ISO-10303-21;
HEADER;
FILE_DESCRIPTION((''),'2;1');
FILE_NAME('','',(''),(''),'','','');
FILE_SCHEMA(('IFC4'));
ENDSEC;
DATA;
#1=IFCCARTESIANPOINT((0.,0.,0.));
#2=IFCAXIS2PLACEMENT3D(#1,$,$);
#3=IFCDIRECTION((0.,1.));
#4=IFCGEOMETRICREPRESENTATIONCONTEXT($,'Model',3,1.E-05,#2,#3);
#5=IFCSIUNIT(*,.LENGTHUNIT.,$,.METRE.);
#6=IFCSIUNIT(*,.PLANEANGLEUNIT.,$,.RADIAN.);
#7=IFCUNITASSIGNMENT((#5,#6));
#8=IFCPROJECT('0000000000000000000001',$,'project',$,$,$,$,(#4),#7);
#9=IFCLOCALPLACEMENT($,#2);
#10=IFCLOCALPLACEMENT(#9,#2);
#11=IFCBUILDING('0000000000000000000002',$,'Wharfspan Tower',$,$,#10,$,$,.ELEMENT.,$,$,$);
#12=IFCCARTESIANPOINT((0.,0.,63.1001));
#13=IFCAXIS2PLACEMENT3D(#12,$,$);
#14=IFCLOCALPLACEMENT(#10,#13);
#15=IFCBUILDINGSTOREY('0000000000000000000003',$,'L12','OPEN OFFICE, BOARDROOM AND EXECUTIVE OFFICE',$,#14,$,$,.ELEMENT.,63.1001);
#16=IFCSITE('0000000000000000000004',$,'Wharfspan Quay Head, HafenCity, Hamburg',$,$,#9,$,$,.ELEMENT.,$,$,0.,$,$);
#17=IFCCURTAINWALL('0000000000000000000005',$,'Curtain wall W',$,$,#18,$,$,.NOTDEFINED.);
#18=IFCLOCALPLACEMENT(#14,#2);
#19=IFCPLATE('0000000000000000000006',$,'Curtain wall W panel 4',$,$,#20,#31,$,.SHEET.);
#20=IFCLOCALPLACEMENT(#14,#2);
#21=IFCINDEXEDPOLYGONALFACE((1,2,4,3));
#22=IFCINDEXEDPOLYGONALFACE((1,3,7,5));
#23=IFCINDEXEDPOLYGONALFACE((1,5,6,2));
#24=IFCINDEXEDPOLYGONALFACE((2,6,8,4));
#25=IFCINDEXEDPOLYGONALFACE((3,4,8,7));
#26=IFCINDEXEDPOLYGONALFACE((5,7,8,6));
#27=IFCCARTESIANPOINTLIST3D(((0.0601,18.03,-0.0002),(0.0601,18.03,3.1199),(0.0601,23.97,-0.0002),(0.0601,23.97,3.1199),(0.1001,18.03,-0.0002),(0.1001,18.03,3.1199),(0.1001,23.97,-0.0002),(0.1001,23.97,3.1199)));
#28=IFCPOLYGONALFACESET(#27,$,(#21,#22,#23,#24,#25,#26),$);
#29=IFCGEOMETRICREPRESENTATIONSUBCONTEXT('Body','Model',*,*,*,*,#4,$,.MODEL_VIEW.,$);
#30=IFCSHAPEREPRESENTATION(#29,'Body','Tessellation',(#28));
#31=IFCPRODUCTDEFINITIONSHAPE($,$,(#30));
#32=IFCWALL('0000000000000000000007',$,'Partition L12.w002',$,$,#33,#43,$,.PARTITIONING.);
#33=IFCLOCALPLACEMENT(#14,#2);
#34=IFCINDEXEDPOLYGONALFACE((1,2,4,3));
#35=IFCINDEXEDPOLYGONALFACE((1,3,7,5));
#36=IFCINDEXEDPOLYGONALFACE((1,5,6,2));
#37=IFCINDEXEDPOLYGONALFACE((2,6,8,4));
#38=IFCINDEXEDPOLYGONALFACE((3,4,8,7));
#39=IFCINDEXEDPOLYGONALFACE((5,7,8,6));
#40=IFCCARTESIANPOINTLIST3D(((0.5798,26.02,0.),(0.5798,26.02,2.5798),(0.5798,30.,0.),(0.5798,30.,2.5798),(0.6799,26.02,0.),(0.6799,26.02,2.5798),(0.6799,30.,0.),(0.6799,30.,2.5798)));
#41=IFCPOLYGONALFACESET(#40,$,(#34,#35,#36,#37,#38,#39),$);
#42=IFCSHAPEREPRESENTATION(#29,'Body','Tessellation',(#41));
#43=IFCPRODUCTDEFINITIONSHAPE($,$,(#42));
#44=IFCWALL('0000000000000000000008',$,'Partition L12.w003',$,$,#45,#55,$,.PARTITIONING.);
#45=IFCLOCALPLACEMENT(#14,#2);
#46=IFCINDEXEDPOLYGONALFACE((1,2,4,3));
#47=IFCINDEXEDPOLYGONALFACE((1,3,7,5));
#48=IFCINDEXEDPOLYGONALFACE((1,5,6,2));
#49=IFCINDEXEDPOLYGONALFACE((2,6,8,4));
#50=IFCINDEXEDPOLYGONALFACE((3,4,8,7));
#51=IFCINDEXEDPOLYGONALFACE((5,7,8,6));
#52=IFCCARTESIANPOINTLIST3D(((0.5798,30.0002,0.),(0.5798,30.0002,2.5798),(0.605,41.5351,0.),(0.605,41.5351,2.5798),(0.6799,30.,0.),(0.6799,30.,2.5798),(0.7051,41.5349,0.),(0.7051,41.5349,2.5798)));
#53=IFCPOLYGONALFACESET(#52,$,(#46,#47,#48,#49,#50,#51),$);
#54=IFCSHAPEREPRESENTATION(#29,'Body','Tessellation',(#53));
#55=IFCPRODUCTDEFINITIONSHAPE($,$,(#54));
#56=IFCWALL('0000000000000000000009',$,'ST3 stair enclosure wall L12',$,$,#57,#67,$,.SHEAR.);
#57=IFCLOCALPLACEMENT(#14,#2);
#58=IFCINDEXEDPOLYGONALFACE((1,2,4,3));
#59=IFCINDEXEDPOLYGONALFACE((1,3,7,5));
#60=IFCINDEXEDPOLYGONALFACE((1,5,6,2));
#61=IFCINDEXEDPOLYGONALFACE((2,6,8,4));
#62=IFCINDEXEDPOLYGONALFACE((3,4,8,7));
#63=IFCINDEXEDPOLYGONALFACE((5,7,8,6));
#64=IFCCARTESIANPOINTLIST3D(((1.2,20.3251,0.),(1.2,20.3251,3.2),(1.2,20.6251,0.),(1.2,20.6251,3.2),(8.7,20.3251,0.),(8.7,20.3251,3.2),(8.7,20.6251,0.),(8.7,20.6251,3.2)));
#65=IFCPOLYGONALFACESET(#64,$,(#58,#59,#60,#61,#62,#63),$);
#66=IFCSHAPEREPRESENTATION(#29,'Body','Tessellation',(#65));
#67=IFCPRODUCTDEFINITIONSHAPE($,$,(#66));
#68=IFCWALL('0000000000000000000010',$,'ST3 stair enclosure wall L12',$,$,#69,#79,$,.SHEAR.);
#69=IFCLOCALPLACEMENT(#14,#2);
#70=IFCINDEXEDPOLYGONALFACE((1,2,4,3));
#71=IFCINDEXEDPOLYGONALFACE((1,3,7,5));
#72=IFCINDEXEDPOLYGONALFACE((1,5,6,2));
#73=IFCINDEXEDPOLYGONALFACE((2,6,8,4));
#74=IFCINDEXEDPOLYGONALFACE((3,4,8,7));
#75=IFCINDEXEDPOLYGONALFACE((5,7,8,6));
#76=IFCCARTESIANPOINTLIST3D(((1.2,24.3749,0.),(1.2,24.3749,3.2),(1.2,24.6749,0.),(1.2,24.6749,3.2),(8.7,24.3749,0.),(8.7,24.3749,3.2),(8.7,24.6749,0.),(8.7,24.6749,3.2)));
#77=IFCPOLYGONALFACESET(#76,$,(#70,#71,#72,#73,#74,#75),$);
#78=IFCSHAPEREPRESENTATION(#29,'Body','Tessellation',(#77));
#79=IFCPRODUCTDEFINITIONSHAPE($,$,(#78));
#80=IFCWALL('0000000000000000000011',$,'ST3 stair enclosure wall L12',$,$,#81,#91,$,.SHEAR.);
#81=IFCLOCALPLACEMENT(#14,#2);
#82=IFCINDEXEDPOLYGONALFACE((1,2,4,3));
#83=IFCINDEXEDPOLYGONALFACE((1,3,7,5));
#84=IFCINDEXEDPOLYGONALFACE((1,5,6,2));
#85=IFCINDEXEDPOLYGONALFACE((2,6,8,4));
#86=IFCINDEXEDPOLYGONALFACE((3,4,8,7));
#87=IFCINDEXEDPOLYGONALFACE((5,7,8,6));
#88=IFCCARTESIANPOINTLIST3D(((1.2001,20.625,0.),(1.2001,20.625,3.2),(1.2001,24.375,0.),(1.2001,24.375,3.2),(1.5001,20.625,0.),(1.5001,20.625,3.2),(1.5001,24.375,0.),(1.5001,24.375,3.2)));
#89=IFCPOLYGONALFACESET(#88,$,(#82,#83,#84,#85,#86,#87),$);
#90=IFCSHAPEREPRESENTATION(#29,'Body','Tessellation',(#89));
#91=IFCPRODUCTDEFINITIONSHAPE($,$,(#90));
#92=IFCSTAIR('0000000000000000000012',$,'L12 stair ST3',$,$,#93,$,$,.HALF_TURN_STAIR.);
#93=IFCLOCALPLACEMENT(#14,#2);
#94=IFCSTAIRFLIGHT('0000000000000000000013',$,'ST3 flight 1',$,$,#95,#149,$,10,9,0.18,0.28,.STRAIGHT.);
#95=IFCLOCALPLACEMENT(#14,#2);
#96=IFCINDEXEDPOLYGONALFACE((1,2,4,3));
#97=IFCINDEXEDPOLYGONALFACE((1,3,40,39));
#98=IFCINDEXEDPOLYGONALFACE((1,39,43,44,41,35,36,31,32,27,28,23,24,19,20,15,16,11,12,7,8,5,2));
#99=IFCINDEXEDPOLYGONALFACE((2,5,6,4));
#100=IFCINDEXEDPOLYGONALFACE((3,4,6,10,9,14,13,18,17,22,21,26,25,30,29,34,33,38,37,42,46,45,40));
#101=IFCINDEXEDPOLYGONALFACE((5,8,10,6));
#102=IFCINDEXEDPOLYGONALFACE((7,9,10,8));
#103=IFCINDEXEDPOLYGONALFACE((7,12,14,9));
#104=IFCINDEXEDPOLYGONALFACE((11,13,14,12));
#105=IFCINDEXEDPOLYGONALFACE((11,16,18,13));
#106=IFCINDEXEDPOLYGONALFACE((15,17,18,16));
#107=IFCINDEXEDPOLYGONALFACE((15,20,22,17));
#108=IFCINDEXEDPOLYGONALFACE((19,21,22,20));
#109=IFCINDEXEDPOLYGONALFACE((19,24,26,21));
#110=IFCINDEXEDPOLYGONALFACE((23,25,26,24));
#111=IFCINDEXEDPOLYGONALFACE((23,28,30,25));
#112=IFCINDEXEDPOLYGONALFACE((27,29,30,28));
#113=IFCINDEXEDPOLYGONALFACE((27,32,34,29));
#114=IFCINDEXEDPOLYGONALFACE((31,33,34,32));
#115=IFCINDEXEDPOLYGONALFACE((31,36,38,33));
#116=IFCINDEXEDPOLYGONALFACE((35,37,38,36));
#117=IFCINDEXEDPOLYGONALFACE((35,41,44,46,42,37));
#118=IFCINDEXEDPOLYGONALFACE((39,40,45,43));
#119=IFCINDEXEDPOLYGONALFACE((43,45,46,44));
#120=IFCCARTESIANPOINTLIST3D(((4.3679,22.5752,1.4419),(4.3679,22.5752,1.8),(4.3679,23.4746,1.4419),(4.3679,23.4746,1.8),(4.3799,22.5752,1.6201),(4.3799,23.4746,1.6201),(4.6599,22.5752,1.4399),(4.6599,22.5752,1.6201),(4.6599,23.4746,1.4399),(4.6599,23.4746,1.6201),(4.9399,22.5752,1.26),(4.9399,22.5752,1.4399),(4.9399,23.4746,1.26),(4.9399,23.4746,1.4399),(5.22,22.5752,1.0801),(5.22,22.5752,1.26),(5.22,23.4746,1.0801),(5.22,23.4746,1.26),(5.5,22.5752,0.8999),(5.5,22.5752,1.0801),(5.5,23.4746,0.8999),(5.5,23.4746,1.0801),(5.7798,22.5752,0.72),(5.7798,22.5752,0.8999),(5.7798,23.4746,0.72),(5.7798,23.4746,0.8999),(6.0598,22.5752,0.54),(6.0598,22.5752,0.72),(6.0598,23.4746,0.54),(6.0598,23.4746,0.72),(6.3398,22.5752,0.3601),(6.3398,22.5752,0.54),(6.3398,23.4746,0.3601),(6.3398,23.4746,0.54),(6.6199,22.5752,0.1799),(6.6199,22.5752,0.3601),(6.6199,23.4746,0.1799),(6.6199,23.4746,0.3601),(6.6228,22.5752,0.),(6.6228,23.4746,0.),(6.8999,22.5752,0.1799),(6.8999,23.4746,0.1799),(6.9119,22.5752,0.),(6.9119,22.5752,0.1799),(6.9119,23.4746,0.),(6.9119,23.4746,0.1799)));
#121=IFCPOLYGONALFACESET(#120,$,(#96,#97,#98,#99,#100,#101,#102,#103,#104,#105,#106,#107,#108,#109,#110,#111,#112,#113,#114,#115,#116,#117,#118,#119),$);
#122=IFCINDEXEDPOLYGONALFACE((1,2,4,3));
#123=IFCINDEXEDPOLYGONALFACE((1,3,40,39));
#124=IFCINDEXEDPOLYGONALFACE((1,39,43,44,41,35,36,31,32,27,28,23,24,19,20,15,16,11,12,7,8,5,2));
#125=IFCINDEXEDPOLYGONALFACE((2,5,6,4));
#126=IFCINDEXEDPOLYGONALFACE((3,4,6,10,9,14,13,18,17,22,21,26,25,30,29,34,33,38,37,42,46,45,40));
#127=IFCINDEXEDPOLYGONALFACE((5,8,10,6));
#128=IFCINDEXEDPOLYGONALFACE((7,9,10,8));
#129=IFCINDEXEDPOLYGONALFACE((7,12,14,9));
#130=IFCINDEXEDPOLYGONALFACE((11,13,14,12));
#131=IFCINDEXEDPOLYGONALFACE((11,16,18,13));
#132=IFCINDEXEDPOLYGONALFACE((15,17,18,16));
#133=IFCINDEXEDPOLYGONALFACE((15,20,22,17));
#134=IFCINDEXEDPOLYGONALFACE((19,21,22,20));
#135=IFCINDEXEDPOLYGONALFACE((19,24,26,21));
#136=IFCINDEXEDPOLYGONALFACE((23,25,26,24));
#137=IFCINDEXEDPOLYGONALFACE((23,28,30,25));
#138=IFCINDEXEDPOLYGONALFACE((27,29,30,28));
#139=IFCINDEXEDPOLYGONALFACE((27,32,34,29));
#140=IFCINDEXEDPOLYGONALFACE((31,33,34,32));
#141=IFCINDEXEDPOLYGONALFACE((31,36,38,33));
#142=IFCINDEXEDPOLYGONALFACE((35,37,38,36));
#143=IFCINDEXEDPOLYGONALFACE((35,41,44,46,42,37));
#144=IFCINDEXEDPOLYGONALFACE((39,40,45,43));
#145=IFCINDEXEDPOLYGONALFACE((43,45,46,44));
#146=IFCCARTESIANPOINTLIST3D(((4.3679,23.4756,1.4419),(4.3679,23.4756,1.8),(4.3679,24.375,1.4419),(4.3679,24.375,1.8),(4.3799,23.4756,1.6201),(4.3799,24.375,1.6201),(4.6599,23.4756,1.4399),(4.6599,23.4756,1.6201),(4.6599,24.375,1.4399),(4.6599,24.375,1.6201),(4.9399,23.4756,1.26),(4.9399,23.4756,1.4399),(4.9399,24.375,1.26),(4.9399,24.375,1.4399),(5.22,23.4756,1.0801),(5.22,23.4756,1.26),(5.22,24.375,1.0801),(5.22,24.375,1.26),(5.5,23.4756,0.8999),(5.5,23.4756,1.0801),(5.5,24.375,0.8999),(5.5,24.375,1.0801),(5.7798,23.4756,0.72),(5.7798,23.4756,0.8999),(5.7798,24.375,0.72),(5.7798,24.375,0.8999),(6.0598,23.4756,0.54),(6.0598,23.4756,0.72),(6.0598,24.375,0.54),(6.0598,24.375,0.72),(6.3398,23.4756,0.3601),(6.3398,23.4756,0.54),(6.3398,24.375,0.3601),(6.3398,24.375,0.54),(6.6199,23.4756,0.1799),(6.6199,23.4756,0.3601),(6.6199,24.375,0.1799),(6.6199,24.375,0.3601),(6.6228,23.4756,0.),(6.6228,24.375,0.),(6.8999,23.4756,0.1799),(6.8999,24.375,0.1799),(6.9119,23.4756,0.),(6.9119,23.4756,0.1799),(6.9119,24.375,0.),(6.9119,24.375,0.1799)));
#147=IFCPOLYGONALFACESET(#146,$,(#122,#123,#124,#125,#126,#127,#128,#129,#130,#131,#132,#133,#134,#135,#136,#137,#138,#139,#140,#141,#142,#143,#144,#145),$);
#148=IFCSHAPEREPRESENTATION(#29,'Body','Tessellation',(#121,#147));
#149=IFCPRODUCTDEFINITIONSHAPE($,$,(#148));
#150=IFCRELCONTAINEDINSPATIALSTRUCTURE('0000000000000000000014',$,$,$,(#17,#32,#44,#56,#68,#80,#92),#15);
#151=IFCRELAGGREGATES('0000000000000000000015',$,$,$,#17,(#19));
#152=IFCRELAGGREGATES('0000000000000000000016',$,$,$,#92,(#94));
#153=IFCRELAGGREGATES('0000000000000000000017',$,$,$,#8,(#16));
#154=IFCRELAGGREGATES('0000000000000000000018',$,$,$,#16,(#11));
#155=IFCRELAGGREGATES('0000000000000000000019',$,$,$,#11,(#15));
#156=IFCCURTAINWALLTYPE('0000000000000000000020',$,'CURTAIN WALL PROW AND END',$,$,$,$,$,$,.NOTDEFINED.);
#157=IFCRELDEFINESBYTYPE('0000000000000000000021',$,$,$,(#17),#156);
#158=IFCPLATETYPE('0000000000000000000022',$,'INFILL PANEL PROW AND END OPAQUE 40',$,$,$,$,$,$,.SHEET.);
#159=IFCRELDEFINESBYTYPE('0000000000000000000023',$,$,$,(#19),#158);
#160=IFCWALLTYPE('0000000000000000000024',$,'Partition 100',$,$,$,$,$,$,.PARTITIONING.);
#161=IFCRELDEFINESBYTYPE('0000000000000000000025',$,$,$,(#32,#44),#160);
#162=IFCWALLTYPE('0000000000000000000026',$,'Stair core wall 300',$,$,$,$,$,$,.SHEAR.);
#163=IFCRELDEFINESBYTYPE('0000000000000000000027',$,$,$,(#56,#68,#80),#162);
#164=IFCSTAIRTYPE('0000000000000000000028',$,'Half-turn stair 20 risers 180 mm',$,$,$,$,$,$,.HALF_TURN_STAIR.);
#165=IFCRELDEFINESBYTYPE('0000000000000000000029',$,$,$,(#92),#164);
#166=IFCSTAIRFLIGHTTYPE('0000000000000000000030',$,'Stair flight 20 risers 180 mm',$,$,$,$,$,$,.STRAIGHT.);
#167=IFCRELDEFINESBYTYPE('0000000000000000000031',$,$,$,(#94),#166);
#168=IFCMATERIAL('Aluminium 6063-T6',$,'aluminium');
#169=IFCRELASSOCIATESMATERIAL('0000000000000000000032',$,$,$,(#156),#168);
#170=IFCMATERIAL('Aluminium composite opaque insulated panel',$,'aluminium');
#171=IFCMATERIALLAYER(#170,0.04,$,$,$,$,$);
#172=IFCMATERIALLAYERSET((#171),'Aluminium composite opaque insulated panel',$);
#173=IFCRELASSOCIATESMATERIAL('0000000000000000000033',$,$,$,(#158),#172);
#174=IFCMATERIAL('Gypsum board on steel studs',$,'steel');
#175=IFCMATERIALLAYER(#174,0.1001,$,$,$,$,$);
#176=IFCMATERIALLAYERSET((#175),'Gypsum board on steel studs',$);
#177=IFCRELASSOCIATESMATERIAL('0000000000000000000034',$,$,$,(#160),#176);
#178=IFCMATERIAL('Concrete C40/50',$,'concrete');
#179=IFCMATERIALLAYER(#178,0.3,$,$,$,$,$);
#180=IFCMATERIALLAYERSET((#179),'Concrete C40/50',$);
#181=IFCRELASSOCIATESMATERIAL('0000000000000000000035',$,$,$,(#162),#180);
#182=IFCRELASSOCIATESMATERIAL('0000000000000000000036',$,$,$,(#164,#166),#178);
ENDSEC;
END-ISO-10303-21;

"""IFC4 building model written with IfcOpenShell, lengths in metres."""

from ifc_helpers import new_model, si_unit, direction, frame, frame_2d, origin, origin_2d, place, context, subcontext, project, spatial, polyline, rectangle, outline, extrude, material, layer, layer_set, type_object, element, aggregate, save


model = new_model("IFC4")

# Units and contexts
model_context = context("Model", 3, precision=1e-05, world=origin(), true_north=direction((0.0, 1.0)))
body_context = subcontext(model_context, "Body", "Model", "MODEL_VIEW")
ifc_project = project(units=[si_unit("LENGTHUNIT", "METRE"), si_unit("PLANEANGLEUNIT", "RADIAN")], contexts=[model_context])

# Site, building, storey
site_placement = place(None, origin())
site = spatial("IfcSite", under=ifc_project, at=site_placement, Name="Wharfspan Quay Head, HafenCity, Hamburg", CompositionType="ELEMENT", RefElevation=0.0)
building_placement = place(site_placement, origin())
building = spatial("IfcBuilding", under=site, at=building_placement, Name="Wharfspan Tower", CompositionType="ELEMENT")
storey_placement = place(building_placement, frame((0.0, 0.0, 63.1001)))
storey = spatial("IfcBuildingStorey", under=building, at=storey_placement, Name="L12", Description="OPEN OFFICE, BOARDROOM AND EXECUTIVE OFFICE", CompositionType="ELEMENT", Elevation=63.1001)

# Curtain wall
ifc_material_1 = material(Name="Aluminium 6063-T6", Category="aluminium")
curtain_wall_type = type_object("IfcCurtainWallType", Name="CURTAIN WALL PROW AND END", PredefinedType="NOTDEFINED", material=ifc_material_1)
curtain_wall_placement = place(storey_placement, origin())
curtain_wall = element("IfcCurtainWall", 1, at=curtain_wall_placement, inside=storey, type_object=curtain_wall_type, Name="Curtain wall W", PredefinedType="NOTDEFINED")

# Plate
ifc_material_2 = material(Name="Aluminium composite opaque insulated panel", Category="aluminium")
ifc_layer_1 = layer(ifc_material_2, 0.04)
ifc_layer_set_1 = layer_set([ifc_layer_1], Name="Aluminium composite opaque insulated panel")
plate_type = type_object("IfcPlateType", Name="INFILL PANEL PROW AND END OPAQUE 40", PredefinedType="SHEET", material=ifc_layer_set_1)
plate_1_placement = place(storey_placement, frame((0.0801, 21.0, -0.0002), z_axis=(0.0, 0.0, 1.0), x_axis=(0.0, -1.0, 0.0)))
plate_1 = element("IfcPlate", 2, at=plate_1_placement, type_object=plate_type, Name="Curtain wall W panel 4", PredefinedType="SHEET", context=body_context, shape_type="SweptSolid", body=[
    extrude(rectangle(XDim=5.9399, YDim=0.04, at=origin_2d()), origin(), (0.0, 0.0, 1.0), 3.1201),
])
aggregate(curtain_wall, [plate_1])

# Walls
ifc_material_3 = material(Name="Gypsum board on steel studs", Category="steel")
ifc_layer_2 = layer(ifc_material_3, 0.1001)
ifc_layer_set_2 = layer_set([ifc_layer_2], Name="Gypsum board on steel studs")
wall_type_1 = type_object("IfcWallType", Name="Partition 100", PredefinedType="PARTITIONING", material=ifc_layer_set_2)
wall_1_placement = place(storey_placement, frame((0.6299, 26.02, 0.0), z_axis=(0.0, 0.0, 1.0), x_axis=(0.0, 1.0, 0.0)))
element("IfcWall", 3, at=wall_1_placement, inside=storey, type_object=wall_type_1, Name="Partition L12.w002", PredefinedType="PARTITIONING", context=body_context, shape_type="SweptSolid", body=[
    extrude(rectangle(XDim=3.98, YDim=0.1001, at=frame_2d((1.99, 0.0))), origin(), (0.0, 0.0, 1.0), 2.5798),
])
wall_2_placement = place(storey_placement, frame((0.6299, 30.0, 0.0), z_axis=(0.0, 0.0, 1.0), x_axis=(0.00218, 0.999994, 0.0)))
element("IfcWall", 4, at=wall_2_placement, inside=storey, type_object=wall_type_1, Name="Partition L12.w003", PredefinedType="PARTITIONING", context=body_context, shape_type="SweptSolid", body=[
    extrude(rectangle(XDim=11.5349, YDim=0.1001, at=frame_2d((5.7676, 0.0))), origin(), (0.0, 0.0, 1.0), 2.5798),
])
ifc_material_4 = material(Name="Concrete C40/50", Category="concrete")
ifc_layer_3 = layer(ifc_material_4, 0.3)
ifc_layer_set_3 = layer_set([ifc_layer_3], Name="Concrete C40/50")
wall_type_2 = type_object("IfcWallType", Name="Stair core wall 300", PredefinedType="SHEAR", material=ifc_layer_set_3)
for number, where, z_axis, x_axis, name in (
    (5, (1.2, 20.4751, 0.0), (0.0, 0.0, 1.0), (1.0, 0.0, 0.0), "ST3 stair enclosure wall L12"),
    (6, (1.2, 24.5249, 0.0), (0.0, 0.0, 1.0), (1.0, 0.0, 0.0), "ST3 stair enclosure wall L12"),
):
    element("IfcWall", number, at=place(storey_placement, frame(where, z_axis=z_axis, x_axis=x_axis)), inside=storey, type_object=wall_type_2, Name=name, PredefinedType="SHEAR", context=body_context, shape_type="SweptSolid", body=[
        extrude(rectangle(XDim=7.5, YDim=0.3, at=frame_2d((3.75, 0.0))), origin(), (0.0, 0.0, 1.0), 3.2),
    ])
wall_3_placement = place(storey_placement, frame((1.3501, 20.625, 0.0), z_axis=(0.0, 0.0, 1.0), x_axis=(0.0, 1.0, 0.0)))
element("IfcWall", 7, at=wall_3_placement, inside=storey, type_object=wall_type_2, Name="ST3 stair enclosure wall L12", PredefinedType="SHEAR", context=body_context, shape_type="SweptSolid", body=[
    extrude(rectangle(XDim=3.75, YDim=0.3, at=frame_2d((1.875, 0.0))), origin(), (0.0, 0.0, 1.0), 3.2),
])

# Stair, stair flight
stair_type = type_object("IfcStairType", Name="Half-turn stair 20 risers 180 mm", PredefinedType="HALF_TURN_STAIR", material=ifc_material_4)
stair_placement = place(storey_placement, origin())
stair = element("IfcStair", 8, at=stair_placement, inside=storey, type_object=stair_type, Name="L12 stair ST3", PredefinedType="HALF_TURN_STAIR")
stair_flight_type = type_object("IfcStairFlightType", Name="Stair flight 20 risers 180 mm", PredefinedType="STRAIGHT", material=ifc_material_4)
stair_flight_1_placement = place(storey_placement, frame((6.8999, 23.4751, 0.0), z_axis=(0.0, 0.0, 1.0), x_axis=(-1.0, 0.0, 0.0)))
stair_flight_1 = element("IfcStairFlight", 9, at=stair_flight_1_placement, type_object=stair_flight_type, Name="ST3 flight 1", NumberOfRisers=10, NumberOfTreads=9, PredefinedType="STRAIGHT", RiserHeight=0.18, TreadLength=0.28, context=body_context, shape_type="SweptSolid", body=[
    extrude(outline(polyline([(-0.012, 0.0), (-0.012, 0.1799), (0.0, 0.1799), (0.28, 0.1799), (0.28, 0.3601), (0.5601, 0.3601), (0.5601, 0.54), (0.8401, 0.54), (0.8401, 0.72), (1.1201, 0.72), (1.1201, 0.8999), (1.3999, 0.8999), (1.3999, 1.0801), (1.6799, 1.0801), (1.6799, 1.26), (1.96, 1.26), (1.96, 1.4399), (2.24, 1.4399), (2.24, 1.6201), (2.52, 1.6201), (2.532, 1.8), (2.532, 1.4419), (0.2771, 0.0), (-0.012, 0.0)])), frame((0.0, 0.8999, 0.0), z_axis=(0.0, -1.0, 0.0), x_axis=(1.0, 0.0, 0.0)), (0.0, 0.0, 1.0), 0.8994),
    extrude(outline(polyline([(-0.012, 0.0), (-0.012, 0.1799), (0.0, 0.1799), (0.28, 0.1799), (0.28, 0.3601), (0.5601, 0.3601), (0.5601, 0.54), (0.8401, 0.54), (0.8401, 0.72), (1.1201, 0.72), (1.1201, 0.8999), (1.3999, 0.8999), (1.3999, 1.0801), (1.6799, 1.0801), (1.6799, 1.26), (1.96, 1.26), (1.96, 1.4399), (2.24, 1.4399), (2.24, 1.6201), (2.52, 1.6201), (2.532, 1.8), (2.532, 1.4419), (0.2771, 0.0), (-0.012, 0.0)])), frame((0.0, -0.0005, 0.0), z_axis=(0.0, -1.0, 0.0), x_axis=(1.0, 0.0, 0.0)), (0.0, 0.0, 1.0), 0.8994),
])
aggregate(stair, [stair_flight_1])

save(model, "model.ifc")
